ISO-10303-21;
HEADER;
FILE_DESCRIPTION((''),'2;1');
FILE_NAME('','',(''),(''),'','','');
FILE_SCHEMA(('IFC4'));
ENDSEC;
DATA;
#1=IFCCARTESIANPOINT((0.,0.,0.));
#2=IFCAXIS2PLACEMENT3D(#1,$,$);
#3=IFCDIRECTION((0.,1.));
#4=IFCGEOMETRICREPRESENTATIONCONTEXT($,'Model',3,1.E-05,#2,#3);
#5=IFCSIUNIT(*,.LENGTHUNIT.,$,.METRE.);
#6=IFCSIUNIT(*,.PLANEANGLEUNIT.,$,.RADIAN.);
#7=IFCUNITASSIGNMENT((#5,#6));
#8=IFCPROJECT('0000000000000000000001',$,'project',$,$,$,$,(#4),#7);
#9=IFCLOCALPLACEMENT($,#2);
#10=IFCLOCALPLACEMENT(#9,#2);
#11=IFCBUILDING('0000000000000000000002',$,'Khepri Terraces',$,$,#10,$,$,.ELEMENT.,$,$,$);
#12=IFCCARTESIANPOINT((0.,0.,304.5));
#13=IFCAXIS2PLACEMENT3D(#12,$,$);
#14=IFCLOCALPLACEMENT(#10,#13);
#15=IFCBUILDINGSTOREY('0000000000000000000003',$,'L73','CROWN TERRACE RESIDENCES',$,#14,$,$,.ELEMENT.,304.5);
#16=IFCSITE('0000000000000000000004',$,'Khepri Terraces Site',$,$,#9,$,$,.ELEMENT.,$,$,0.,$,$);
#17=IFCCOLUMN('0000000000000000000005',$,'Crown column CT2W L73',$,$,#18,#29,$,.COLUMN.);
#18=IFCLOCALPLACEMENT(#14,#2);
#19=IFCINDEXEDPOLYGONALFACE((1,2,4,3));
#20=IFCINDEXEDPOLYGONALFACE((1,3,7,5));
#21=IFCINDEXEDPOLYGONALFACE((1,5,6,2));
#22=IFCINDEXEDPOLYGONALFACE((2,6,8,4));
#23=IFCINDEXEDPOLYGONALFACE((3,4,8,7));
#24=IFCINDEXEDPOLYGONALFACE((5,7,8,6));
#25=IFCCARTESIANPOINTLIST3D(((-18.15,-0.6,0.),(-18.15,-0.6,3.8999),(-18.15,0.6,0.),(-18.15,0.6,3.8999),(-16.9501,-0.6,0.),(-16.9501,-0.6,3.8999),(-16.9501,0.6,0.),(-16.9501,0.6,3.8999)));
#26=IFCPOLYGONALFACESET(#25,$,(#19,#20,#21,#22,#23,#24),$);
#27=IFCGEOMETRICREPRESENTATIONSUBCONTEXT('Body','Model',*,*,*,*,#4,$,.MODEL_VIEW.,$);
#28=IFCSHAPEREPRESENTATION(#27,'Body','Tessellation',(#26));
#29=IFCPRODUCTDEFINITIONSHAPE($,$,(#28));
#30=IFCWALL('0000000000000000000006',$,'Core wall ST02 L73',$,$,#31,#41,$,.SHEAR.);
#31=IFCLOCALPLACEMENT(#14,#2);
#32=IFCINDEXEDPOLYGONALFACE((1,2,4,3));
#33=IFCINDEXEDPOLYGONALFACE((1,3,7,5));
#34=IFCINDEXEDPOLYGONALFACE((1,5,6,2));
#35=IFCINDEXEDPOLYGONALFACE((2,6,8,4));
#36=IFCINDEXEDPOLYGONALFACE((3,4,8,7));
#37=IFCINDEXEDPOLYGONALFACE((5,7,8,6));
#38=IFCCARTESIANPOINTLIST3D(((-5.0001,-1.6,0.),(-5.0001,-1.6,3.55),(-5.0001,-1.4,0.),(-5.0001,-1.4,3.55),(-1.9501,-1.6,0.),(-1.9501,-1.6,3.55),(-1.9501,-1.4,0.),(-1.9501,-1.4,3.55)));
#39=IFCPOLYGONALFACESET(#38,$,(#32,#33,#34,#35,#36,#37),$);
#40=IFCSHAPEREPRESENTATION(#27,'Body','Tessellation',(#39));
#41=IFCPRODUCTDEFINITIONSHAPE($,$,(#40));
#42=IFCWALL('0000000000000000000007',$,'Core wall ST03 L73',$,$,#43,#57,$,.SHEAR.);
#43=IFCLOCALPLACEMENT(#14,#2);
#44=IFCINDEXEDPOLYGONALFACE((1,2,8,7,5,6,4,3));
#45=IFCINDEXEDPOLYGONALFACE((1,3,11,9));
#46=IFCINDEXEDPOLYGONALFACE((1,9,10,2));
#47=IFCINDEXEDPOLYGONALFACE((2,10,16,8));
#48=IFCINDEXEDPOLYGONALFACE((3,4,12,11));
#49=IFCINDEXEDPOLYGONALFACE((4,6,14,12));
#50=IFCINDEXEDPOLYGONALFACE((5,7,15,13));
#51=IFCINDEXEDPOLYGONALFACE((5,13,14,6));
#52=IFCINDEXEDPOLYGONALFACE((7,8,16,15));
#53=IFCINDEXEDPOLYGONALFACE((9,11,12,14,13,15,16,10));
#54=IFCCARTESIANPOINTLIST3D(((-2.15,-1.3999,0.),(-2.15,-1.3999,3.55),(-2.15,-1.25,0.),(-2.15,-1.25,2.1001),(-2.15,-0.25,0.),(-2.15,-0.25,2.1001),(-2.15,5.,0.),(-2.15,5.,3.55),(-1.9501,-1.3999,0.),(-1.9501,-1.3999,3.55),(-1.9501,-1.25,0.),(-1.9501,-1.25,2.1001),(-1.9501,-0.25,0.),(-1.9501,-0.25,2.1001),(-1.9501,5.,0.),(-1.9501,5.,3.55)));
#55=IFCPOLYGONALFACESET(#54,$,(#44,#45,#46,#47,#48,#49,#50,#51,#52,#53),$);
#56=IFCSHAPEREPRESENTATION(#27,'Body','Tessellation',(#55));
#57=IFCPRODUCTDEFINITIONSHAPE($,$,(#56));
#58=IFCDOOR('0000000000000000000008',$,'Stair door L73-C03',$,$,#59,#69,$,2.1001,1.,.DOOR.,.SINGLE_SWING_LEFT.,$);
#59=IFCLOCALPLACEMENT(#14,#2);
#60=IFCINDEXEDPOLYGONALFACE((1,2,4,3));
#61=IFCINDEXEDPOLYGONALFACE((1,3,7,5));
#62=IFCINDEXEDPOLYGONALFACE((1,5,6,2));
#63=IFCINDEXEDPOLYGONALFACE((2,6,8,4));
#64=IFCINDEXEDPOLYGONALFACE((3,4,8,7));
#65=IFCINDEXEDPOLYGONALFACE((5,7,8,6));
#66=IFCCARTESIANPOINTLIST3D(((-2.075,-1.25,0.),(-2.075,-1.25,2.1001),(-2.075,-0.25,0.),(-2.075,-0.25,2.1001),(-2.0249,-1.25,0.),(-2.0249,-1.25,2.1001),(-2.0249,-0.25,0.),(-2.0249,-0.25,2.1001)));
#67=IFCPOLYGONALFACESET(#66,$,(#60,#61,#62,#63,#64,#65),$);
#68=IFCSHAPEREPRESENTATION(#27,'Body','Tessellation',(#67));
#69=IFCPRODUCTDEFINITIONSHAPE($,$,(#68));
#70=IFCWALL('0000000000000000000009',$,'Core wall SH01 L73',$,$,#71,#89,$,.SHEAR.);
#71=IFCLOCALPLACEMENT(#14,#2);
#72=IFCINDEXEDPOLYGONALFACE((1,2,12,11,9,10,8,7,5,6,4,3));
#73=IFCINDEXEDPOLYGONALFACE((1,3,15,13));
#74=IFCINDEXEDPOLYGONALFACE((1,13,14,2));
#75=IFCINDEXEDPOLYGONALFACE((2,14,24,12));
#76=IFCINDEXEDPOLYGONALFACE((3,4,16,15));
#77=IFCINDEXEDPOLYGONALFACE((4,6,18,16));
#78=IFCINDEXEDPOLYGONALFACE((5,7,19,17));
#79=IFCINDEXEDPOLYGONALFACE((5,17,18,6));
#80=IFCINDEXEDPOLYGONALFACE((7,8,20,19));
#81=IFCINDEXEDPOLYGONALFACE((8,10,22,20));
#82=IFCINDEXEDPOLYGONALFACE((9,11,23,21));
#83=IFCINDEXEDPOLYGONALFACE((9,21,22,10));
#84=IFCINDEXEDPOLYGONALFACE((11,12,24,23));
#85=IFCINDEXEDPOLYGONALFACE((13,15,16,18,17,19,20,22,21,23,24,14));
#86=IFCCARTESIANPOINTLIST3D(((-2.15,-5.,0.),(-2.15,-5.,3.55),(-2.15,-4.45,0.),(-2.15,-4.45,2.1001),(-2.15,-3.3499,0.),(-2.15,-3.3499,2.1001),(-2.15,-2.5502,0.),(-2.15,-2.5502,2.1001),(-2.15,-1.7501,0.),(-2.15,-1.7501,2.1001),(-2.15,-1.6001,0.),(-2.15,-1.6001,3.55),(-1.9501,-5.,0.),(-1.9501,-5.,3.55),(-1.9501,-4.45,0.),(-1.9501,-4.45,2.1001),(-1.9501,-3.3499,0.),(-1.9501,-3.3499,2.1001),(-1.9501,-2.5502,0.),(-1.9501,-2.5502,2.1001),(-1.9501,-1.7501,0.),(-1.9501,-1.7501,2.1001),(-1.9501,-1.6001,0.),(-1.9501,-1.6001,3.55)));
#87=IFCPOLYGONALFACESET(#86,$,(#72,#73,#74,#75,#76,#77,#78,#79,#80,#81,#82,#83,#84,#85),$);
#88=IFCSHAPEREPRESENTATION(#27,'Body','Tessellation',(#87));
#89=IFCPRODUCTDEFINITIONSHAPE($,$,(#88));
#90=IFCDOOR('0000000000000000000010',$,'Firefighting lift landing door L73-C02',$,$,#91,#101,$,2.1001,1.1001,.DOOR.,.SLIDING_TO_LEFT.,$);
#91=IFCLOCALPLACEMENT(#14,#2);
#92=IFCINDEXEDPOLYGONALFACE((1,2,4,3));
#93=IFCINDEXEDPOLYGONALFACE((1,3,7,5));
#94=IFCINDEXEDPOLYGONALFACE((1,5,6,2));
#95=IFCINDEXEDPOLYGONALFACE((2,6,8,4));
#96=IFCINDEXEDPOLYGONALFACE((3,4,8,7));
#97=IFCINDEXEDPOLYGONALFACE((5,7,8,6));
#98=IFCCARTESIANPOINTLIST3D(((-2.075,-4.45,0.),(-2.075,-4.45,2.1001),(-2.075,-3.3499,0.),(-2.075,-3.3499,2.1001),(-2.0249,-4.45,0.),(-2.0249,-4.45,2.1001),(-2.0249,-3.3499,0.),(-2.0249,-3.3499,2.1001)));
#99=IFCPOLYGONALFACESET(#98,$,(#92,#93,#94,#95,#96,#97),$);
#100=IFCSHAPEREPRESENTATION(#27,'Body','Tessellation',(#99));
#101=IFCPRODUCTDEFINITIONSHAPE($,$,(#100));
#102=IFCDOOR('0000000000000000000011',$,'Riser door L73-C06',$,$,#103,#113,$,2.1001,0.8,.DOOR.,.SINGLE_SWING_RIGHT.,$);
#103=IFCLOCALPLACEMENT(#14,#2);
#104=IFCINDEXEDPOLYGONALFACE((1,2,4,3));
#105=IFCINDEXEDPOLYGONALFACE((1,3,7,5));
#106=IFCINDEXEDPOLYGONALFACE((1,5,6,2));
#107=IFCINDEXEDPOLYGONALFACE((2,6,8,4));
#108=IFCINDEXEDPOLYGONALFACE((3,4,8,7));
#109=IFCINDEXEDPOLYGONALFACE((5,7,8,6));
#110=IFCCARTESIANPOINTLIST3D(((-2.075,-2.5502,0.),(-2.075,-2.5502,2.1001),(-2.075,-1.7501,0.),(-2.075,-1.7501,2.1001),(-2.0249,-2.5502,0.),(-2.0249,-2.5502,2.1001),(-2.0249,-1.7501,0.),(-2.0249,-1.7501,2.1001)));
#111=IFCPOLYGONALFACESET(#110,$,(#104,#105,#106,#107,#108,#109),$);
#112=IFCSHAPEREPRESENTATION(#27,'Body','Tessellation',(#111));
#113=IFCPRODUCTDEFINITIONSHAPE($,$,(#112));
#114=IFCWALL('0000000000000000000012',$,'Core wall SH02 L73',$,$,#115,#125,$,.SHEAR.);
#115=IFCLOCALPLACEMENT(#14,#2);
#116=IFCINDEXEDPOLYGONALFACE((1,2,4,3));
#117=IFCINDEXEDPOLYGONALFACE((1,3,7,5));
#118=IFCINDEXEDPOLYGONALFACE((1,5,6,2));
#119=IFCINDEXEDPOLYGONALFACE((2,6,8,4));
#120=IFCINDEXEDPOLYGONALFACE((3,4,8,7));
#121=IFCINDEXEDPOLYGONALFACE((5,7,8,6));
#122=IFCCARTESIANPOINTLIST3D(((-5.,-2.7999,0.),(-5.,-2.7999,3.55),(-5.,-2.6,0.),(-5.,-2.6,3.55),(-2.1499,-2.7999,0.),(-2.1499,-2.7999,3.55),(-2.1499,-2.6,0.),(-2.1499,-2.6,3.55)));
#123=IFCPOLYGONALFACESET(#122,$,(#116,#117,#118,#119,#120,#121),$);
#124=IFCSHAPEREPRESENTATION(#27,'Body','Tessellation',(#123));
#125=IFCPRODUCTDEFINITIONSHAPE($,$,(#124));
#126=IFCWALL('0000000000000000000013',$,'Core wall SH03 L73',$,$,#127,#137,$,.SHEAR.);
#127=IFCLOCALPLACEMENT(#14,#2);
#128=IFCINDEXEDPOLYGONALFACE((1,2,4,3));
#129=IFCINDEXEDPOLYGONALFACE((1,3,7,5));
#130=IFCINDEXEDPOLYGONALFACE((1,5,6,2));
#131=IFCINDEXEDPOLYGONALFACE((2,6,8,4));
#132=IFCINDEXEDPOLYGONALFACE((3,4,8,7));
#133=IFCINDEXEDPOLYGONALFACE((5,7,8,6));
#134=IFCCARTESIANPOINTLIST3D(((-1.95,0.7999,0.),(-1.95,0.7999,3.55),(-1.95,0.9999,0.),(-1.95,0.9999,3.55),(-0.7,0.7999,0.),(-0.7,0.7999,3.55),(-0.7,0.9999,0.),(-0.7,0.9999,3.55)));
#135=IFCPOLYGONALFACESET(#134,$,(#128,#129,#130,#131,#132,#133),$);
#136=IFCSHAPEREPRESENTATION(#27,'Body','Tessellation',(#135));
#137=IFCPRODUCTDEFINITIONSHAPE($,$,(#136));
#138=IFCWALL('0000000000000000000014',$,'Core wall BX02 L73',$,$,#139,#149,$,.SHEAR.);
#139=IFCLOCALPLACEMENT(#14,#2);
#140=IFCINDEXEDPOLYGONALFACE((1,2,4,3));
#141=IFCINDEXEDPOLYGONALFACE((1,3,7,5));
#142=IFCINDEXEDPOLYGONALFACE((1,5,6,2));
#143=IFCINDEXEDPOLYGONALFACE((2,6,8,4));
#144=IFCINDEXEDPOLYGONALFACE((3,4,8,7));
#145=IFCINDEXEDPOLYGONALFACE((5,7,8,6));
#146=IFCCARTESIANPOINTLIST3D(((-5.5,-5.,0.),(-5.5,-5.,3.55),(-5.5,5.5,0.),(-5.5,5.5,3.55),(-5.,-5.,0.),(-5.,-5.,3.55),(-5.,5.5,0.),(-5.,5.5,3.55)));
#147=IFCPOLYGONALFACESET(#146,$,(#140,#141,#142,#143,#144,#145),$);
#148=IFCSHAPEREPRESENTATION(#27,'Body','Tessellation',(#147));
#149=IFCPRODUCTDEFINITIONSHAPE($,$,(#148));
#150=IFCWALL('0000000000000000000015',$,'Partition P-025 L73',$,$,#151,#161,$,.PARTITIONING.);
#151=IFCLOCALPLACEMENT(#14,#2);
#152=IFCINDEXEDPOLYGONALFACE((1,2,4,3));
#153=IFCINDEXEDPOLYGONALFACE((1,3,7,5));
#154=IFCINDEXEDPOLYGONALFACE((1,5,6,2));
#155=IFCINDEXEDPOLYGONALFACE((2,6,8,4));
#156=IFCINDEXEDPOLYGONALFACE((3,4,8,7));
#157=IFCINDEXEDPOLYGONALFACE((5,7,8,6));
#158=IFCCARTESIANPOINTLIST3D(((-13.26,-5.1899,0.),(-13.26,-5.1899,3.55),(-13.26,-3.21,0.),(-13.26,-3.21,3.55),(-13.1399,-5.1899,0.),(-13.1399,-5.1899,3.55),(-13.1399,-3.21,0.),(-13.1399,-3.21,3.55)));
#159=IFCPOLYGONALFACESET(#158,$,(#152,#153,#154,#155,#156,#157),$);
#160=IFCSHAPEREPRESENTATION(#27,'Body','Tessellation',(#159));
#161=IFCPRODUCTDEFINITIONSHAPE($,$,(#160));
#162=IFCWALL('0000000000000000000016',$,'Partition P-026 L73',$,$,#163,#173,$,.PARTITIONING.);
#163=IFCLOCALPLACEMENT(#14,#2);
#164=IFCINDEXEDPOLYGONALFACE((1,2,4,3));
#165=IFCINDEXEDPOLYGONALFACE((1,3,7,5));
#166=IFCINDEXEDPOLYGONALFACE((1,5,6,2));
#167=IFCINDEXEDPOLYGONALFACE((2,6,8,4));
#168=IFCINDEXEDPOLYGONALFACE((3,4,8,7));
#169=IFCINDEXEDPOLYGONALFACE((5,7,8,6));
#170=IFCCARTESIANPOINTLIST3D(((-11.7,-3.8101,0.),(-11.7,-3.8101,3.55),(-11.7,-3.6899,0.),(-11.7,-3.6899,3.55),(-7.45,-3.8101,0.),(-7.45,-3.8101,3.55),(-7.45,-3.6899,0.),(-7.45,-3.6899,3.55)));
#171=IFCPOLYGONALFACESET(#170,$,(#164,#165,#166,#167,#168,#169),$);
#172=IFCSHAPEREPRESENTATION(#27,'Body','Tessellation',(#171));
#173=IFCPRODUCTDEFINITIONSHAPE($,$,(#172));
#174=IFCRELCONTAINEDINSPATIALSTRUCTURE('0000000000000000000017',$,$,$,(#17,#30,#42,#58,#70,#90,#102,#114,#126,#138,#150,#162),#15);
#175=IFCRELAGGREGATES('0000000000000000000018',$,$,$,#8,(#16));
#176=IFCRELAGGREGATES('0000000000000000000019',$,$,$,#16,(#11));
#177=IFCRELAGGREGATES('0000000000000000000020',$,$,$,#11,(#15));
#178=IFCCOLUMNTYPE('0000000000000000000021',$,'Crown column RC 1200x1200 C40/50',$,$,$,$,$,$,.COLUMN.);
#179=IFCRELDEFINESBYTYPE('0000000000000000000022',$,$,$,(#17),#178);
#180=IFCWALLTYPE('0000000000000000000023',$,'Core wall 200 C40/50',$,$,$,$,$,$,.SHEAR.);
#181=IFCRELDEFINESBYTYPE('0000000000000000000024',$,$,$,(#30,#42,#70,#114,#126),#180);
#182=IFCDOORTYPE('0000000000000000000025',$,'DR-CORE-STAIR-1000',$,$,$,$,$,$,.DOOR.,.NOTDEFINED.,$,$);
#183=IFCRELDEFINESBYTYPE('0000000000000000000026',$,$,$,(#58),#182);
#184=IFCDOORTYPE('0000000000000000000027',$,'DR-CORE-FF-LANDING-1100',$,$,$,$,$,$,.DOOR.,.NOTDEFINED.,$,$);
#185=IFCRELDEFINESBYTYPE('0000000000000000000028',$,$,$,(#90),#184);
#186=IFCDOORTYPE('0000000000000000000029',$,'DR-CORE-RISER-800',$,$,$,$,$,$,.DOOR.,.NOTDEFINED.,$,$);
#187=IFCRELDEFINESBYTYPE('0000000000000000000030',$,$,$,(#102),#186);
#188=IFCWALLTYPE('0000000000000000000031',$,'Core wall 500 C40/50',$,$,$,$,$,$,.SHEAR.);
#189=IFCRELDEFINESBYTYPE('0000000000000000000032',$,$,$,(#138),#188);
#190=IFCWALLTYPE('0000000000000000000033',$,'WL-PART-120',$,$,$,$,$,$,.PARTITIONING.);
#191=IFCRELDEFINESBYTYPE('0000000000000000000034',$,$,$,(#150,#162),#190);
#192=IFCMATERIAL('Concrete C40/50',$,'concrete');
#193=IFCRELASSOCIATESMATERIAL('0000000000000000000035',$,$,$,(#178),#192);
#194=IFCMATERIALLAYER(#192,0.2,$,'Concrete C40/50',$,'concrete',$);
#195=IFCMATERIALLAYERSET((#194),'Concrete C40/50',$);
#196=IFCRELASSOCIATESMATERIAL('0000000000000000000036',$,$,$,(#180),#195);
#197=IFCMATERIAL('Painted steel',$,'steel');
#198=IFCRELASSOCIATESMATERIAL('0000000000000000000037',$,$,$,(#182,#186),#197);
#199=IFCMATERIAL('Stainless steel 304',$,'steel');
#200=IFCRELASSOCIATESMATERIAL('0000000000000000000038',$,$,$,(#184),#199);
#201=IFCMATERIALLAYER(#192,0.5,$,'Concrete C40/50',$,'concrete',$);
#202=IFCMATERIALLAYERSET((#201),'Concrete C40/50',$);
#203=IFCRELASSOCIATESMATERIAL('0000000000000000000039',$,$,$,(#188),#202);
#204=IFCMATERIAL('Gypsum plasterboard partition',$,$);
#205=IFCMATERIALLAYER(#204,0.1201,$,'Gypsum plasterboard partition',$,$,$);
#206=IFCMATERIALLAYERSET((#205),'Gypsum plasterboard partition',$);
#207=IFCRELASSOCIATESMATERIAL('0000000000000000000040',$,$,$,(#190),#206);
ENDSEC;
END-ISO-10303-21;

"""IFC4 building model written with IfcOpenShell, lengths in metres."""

from ifc_helpers import new_model, si_unit, direction, frame, frame_2d, origin, origin_2d, place, context, subcontext, project, spatial, rectangle, extrude, material, layer, layer_set, material_profile, profile_set, type_object, element, fill, save


model = new_model("IFC4")

# Units and contexts
model_context = context("Model", 3, precision=1e-05, world=origin(), true_north=direction((0.0, 1.0)))
body_context = subcontext(model_context, "Body", "Model", "MODEL_VIEW")
ifc_project = project(units=[si_unit("LENGTHUNIT", "METRE"), si_unit("PLANEANGLEUNIT", "RADIAN")], contexts=[model_context])

# Site, building, storey
site_placement = place(None, origin())
site = spatial("IfcSite", under=ifc_project, at=site_placement, Name="Khepri Terraces Site", CompositionType="ELEMENT", RefElevation=0.0)
building_placement = place(site_placement, origin())
building = spatial("IfcBuilding", under=site, at=building_placement, Name="Khepri Terraces", CompositionType="ELEMENT")
storey_placement = place(building_placement, frame((0.0, 0.0, 304.5)))
storey = spatial("IfcBuildingStorey", under=building, at=storey_placement, Name="L73", Description="CROWN TERRACE RESIDENCES", CompositionType="ELEMENT", Elevation=304.5)

# Column
ifc_material_1 = material(Name="Concrete C40/50", Category="concrete")
ifc_material_profile = material_profile(ifc_material_1, rectangle(XDim=1.2, YDim=1.2, at=origin_2d()), Name="Concrete C40/50", Category="concrete")
ifc_profile_set = profile_set([ifc_material_profile], Name="Concrete C40/50")
column_type = type_object("IfcColumnType", Name="Crown column RC 1200x1200 C40/50", PredefinedType="COLUMN", material=ifc_profile_set)
column_placement = place(storey_placement, frame((-17.55, 0.0, 0.0), z_axis=(0.0, 0.0, 1.0), x_axis=(1.0, 0.0, 0.0)))
element("IfcColumn", 1, at=column_placement, inside=storey, type_object=column_type, Name="Crown column CT2W L73", PredefinedType="COLUMN", context=body_context, shape_type="SweptSolid", body=[
    extrude(rectangle(XDim=1.2, YDim=1.2, at=origin_2d()), origin(), (0.0, 0.0, 1.0), 3.8999),
])

# Wall
ifc_layer_1 = layer(ifc_material_1, 0.2, Name="Concrete C40/50", Category="concrete")
ifc_layer_set_1 = layer_set([ifc_layer_1], Name="Concrete C40/50")
wall_type_1 = type_object("IfcWallType", Name="Core wall 200 C40/50", PredefinedType="SHEAR", material=ifc_layer_set_1)
wall_1_placement = place(storey_placement, frame((-5.0, -1.5, 0.0), z_axis=(0.0, 0.0, 1.0), x_axis=(1.0, 0.0, 0.0)))
element("IfcWall", 2, at=wall_1_placement, inside=storey, type_object=wall_type_1, Name="Core wall ST02 L73", PredefinedType="SHEAR", context=body_context, shape_type="SweptSolid", body=[
    extrude(rectangle(XDim=3.05, YDim=0.2, at=frame_2d((1.5249, 0.0))), origin(), (0.0, 0.0, 1.0), 3.55),
])

# Wall, opening, door
wall_2_placement = place(storey_placement, frame((-2.05, -1.3999, 0.0), z_axis=(0.0, 0.0, 1.0), x_axis=(0.0, 1.0, 0.0)))
wall_2 = element("IfcWall", 3, at=wall_2_placement, inside=storey, type_object=wall_type_1, Name="Core wall ST03 L73", PredefinedType="SHEAR", context=body_context, shape_type="SweptSolid", body=[
    extrude(rectangle(XDim=6.3999, YDim=0.2, at=frame_2d((3.2, 0.0))), origin(), (0.0, 0.0, 1.0), 3.55),
])
opening_1_placement = place(wall_2_placement, frame((0.1499, 0.0, 0.0)))
opening_1 = element("IfcOpeningElement", 4, at=opening_1_placement, cuts=wall_2, PredefinedType="OPENING", context=body_context, shape_type="SweptSolid", body=[
    extrude(rectangle(XDim=1.0, YDim=2.1001, at=frame_2d((0.5, 1.05))), frame((0.0, 0.1099, 0.0), z_axis=(0.0, -1.0, 0.0), x_axis=(1.0, 0.0, 0.0)), (0.0, 0.0, 1.0), 0.22),
])
ifc_material_2 = material(Name="Painted steel", Category="steel")
door_type_1 = type_object("IfcDoorType", Name="DR-CORE-STAIR-1000", OperationType="NOTDEFINED", PredefinedType="DOOR", material=ifc_material_2)
door_1_placement = place(opening_1_placement, origin())
door_1 = element("IfcDoor", 5, at=door_1_placement, inside=storey, type_object=door_type_1, Name="Stair door L73-C03", OperationType="SINGLE_SWING_LEFT", OverallHeight=2.1001, OverallWidth=1.0, PredefinedType="DOOR", context=body_context, shape_type="SweptSolid", body=[
    extrude(rectangle(XDim=1.0, YDim=2.1001, at=frame_2d((0.5, 1.05))), frame((0.0, 0.0249, 0.0), z_axis=(0.0, -1.0, 0.0), x_axis=(1.0, 0.0, 0.0)), (0.0, 0.0, 1.0), 0.05),
])
fill(opening_1, door_1)

# Wall, openings, doors
wall_3_placement = place(storey_placement, frame((-2.05, -5.0, 0.0), z_axis=(0.0, 0.0, 1.0), x_axis=(0.0, 1.0, 0.0)))
wall_3 = element("IfcWall", 6, at=wall_3_placement, inside=storey, type_object=wall_type_1, Name="Core wall SH01 L73", PredefinedType="SHEAR", context=body_context, shape_type="SweptSolid", body=[
    extrude(rectangle(XDim=3.3999, YDim=0.2, at=frame_2d((1.7, 0.0))), origin(), (0.0, 0.0, 1.0), 3.55),
])
opening_2_placement = place(wall_3_placement, frame((0.55, 0.0, 0.0)))
opening_2 = element("IfcOpeningElement", 7, at=opening_2_placement, cuts=wall_3, PredefinedType="OPENING", context=body_context, shape_type="SweptSolid", body=[
    extrude(rectangle(XDim=1.1001, YDim=2.1001, at=frame_2d((0.55, 1.05))), frame((0.0, 0.1099, 0.0), z_axis=(0.0, -1.0, 0.0), x_axis=(1.0, 0.0, 0.0)), (0.0, 0.0, 1.0), 0.22),
])
opening_3_placement = place(wall_3_placement, frame((2.45, 0.0, 0.0)))
opening_3 = element("IfcOpeningElement", 8, at=opening_3_placement, cuts=wall_3, PredefinedType="OPENING", context=body_context, shape_type="SweptSolid", body=[
    extrude(rectangle(XDim=0.8, YDim=2.1001, at=frame_2d((0.3999, 1.05))), frame((0.0, 0.1099, 0.0), z_axis=(0.0, -1.0, 0.0), x_axis=(1.0, 0.0, 0.0)), (0.0, 0.0, 1.0), 0.22),
])
ifc_material_3 = material(Name="Stainless steel 304", Category="steel")
door_type_2 = type_object("IfcDoorType", Name="DR-CORE-FF-LANDING-1100", OperationType="NOTDEFINED", PredefinedType="DOOR", material=ifc_material_3)
door_2_placement = place(opening_2_placement, origin())
door_2 = element("IfcDoor", 9, at=door_2_placement, inside=storey, type_object=door_type_2, Name="Firefighting lift landing door L73-C02", OperationType="SLIDING_TO_LEFT", OverallHeight=2.1001, OverallWidth=1.1001, PredefinedType="DOOR", context=body_context, shape_type="SweptSolid", body=[
    extrude(rectangle(XDim=1.1001, YDim=2.1001, at=frame_2d((0.55, 1.05))), frame((0.0, 0.0249, 0.0), z_axis=(0.0, -1.0, 0.0), x_axis=(1.0, 0.0, 0.0)), (0.0, 0.0, 1.0), 0.05),
])
fill(opening_2, door_2)
door_type_3 = type_object("IfcDoorType", Name="DR-CORE-RISER-800", OperationType="NOTDEFINED", PredefinedType="DOOR", material=ifc_material_2)
door_3_placement = place(opening_3_placement, origin())
door_3 = element("IfcDoor", 10, at=door_3_placement, inside=storey, type_object=door_type_3, Name="Riser door L73-C06", OperationType="SINGLE_SWING_RIGHT", OverallHeight=2.1001, OverallWidth=0.8, PredefinedType="DOOR", context=body_context, shape_type="SweptSolid", body=[
    extrude(rectangle(XDim=0.8, YDim=2.1001, at=frame_2d((0.3999, 1.05))), frame((0.0, 0.0249, 0.0), z_axis=(0.0, -1.0, 0.0), x_axis=(1.0, 0.0, 0.0)), (0.0, 0.0, 1.0), 0.05),
])
fill(opening_3, door_3)

# Walls
wall_4_placement = place(storey_placement, frame((-5.0, -2.7, 0.0), z_axis=(0.0, 0.0, 1.0), x_axis=(1.0, 0.0, 0.0)))
element("IfcWall", 11, at=wall_4_placement, inside=storey, type_object=wall_type_1, Name="Core wall SH02 L73", PredefinedType="SHEAR", context=body_context, shape_type="SweptSolid", body=[
    extrude(rectangle(XDim=2.8501, YDim=0.2, at=frame_2d((1.425, 0.0))), origin(), (0.0, 0.0, 1.0), 3.55),
])
wall_5_placement = place(storey_placement, frame((-1.95, 0.8999, 0.0), z_axis=(0.0, 0.0, 1.0), x_axis=(1.0, 0.0, 0.0)))
element("IfcWall", 12, at=wall_5_placement, inside=storey, type_object=wall_type_1, Name="Core wall SH03 L73", PredefinedType="SHEAR", context=body_context, shape_type="SweptSolid", body=[
    extrude(rectangle(XDim=1.25, YDim=0.2, at=frame_2d((0.625, 0.0))), origin(), (0.0, 0.0, 1.0), 3.55),
])
ifc_layer_2 = layer(ifc_material_1, 0.5, Name="Concrete C40/50", Category="concrete")
ifc_layer_set_2 = layer_set([ifc_layer_2], Name="Concrete C40/50")
wall_type_2 = type_object("IfcWallType", Name="Core wall 500 C40/50", PredefinedType="SHEAR", material=ifc_layer_set_2)
wall_6_placement = place(storey_placement, frame((-5.25, -5.0, 0.0), z_axis=(0.0, 0.0, 1.0), x_axis=(0.0, 1.0, 0.0)))
element("IfcWall", 13, at=wall_6_placement, inside=storey, type_object=wall_type_2, Name="Core wall BX02 L73", PredefinedType="SHEAR", context=body_context, shape_type="SweptSolid", body=[
    extrude(rectangle(XDim=10.5, YDim=0.5, at=frame_2d((5.25, 0.0))), origin(), (0.0, 0.0, 1.0), 3.55),
])
ifc_material_4 = material(Name="Gypsum plasterboard partition")
ifc_layer_3 = layer(ifc_material_4, 0.1201, Name="Gypsum plasterboard partition")
ifc_layer_set_3 = layer_set([ifc_layer_3], Name="Gypsum plasterboard partition")
wall_type_3 = type_object("IfcWallType", Name="WL-PART-120", PredefinedType="PARTITIONING", material=ifc_layer_set_3)
wall_7_placement = place(storey_placement, frame((-13.2, -5.1899, 0.0), z_axis=(0.0, 0.0, 1.0), x_axis=(0.0, 1.0, 0.0)))
element("IfcWall", 14, at=wall_7_placement, inside=storey, type_object=wall_type_3, Name="Partition P-025 L73", PredefinedType="PARTITIONING", context=body_context, shape_type="SweptSolid", body=[
    extrude(rectangle(XDim=1.98, YDim=0.1201, at=frame_2d((0.99, 0.0))), origin(), (0.0, 0.0, 1.0), 3.55),
])
wall_8_placement = place(storey_placement, frame((-11.7, -3.75, 0.0), z_axis=(0.0, 0.0, 1.0), x_axis=(1.0, 0.0, 0.0)))
element("IfcWall", 15, at=wall_8_placement, inside=storey, type_object=wall_type_3, Name="Partition P-026 L73", PredefinedType="PARTITIONING", context=body_context, shape_type="SweptSolid", body=[
    extrude(rectangle(XDim=4.25, YDim=0.1201, at=frame_2d((2.125, 0.0))), origin(), (0.0, 0.0, 1.0), 3.55),
])

save(model, "model.ifc")
